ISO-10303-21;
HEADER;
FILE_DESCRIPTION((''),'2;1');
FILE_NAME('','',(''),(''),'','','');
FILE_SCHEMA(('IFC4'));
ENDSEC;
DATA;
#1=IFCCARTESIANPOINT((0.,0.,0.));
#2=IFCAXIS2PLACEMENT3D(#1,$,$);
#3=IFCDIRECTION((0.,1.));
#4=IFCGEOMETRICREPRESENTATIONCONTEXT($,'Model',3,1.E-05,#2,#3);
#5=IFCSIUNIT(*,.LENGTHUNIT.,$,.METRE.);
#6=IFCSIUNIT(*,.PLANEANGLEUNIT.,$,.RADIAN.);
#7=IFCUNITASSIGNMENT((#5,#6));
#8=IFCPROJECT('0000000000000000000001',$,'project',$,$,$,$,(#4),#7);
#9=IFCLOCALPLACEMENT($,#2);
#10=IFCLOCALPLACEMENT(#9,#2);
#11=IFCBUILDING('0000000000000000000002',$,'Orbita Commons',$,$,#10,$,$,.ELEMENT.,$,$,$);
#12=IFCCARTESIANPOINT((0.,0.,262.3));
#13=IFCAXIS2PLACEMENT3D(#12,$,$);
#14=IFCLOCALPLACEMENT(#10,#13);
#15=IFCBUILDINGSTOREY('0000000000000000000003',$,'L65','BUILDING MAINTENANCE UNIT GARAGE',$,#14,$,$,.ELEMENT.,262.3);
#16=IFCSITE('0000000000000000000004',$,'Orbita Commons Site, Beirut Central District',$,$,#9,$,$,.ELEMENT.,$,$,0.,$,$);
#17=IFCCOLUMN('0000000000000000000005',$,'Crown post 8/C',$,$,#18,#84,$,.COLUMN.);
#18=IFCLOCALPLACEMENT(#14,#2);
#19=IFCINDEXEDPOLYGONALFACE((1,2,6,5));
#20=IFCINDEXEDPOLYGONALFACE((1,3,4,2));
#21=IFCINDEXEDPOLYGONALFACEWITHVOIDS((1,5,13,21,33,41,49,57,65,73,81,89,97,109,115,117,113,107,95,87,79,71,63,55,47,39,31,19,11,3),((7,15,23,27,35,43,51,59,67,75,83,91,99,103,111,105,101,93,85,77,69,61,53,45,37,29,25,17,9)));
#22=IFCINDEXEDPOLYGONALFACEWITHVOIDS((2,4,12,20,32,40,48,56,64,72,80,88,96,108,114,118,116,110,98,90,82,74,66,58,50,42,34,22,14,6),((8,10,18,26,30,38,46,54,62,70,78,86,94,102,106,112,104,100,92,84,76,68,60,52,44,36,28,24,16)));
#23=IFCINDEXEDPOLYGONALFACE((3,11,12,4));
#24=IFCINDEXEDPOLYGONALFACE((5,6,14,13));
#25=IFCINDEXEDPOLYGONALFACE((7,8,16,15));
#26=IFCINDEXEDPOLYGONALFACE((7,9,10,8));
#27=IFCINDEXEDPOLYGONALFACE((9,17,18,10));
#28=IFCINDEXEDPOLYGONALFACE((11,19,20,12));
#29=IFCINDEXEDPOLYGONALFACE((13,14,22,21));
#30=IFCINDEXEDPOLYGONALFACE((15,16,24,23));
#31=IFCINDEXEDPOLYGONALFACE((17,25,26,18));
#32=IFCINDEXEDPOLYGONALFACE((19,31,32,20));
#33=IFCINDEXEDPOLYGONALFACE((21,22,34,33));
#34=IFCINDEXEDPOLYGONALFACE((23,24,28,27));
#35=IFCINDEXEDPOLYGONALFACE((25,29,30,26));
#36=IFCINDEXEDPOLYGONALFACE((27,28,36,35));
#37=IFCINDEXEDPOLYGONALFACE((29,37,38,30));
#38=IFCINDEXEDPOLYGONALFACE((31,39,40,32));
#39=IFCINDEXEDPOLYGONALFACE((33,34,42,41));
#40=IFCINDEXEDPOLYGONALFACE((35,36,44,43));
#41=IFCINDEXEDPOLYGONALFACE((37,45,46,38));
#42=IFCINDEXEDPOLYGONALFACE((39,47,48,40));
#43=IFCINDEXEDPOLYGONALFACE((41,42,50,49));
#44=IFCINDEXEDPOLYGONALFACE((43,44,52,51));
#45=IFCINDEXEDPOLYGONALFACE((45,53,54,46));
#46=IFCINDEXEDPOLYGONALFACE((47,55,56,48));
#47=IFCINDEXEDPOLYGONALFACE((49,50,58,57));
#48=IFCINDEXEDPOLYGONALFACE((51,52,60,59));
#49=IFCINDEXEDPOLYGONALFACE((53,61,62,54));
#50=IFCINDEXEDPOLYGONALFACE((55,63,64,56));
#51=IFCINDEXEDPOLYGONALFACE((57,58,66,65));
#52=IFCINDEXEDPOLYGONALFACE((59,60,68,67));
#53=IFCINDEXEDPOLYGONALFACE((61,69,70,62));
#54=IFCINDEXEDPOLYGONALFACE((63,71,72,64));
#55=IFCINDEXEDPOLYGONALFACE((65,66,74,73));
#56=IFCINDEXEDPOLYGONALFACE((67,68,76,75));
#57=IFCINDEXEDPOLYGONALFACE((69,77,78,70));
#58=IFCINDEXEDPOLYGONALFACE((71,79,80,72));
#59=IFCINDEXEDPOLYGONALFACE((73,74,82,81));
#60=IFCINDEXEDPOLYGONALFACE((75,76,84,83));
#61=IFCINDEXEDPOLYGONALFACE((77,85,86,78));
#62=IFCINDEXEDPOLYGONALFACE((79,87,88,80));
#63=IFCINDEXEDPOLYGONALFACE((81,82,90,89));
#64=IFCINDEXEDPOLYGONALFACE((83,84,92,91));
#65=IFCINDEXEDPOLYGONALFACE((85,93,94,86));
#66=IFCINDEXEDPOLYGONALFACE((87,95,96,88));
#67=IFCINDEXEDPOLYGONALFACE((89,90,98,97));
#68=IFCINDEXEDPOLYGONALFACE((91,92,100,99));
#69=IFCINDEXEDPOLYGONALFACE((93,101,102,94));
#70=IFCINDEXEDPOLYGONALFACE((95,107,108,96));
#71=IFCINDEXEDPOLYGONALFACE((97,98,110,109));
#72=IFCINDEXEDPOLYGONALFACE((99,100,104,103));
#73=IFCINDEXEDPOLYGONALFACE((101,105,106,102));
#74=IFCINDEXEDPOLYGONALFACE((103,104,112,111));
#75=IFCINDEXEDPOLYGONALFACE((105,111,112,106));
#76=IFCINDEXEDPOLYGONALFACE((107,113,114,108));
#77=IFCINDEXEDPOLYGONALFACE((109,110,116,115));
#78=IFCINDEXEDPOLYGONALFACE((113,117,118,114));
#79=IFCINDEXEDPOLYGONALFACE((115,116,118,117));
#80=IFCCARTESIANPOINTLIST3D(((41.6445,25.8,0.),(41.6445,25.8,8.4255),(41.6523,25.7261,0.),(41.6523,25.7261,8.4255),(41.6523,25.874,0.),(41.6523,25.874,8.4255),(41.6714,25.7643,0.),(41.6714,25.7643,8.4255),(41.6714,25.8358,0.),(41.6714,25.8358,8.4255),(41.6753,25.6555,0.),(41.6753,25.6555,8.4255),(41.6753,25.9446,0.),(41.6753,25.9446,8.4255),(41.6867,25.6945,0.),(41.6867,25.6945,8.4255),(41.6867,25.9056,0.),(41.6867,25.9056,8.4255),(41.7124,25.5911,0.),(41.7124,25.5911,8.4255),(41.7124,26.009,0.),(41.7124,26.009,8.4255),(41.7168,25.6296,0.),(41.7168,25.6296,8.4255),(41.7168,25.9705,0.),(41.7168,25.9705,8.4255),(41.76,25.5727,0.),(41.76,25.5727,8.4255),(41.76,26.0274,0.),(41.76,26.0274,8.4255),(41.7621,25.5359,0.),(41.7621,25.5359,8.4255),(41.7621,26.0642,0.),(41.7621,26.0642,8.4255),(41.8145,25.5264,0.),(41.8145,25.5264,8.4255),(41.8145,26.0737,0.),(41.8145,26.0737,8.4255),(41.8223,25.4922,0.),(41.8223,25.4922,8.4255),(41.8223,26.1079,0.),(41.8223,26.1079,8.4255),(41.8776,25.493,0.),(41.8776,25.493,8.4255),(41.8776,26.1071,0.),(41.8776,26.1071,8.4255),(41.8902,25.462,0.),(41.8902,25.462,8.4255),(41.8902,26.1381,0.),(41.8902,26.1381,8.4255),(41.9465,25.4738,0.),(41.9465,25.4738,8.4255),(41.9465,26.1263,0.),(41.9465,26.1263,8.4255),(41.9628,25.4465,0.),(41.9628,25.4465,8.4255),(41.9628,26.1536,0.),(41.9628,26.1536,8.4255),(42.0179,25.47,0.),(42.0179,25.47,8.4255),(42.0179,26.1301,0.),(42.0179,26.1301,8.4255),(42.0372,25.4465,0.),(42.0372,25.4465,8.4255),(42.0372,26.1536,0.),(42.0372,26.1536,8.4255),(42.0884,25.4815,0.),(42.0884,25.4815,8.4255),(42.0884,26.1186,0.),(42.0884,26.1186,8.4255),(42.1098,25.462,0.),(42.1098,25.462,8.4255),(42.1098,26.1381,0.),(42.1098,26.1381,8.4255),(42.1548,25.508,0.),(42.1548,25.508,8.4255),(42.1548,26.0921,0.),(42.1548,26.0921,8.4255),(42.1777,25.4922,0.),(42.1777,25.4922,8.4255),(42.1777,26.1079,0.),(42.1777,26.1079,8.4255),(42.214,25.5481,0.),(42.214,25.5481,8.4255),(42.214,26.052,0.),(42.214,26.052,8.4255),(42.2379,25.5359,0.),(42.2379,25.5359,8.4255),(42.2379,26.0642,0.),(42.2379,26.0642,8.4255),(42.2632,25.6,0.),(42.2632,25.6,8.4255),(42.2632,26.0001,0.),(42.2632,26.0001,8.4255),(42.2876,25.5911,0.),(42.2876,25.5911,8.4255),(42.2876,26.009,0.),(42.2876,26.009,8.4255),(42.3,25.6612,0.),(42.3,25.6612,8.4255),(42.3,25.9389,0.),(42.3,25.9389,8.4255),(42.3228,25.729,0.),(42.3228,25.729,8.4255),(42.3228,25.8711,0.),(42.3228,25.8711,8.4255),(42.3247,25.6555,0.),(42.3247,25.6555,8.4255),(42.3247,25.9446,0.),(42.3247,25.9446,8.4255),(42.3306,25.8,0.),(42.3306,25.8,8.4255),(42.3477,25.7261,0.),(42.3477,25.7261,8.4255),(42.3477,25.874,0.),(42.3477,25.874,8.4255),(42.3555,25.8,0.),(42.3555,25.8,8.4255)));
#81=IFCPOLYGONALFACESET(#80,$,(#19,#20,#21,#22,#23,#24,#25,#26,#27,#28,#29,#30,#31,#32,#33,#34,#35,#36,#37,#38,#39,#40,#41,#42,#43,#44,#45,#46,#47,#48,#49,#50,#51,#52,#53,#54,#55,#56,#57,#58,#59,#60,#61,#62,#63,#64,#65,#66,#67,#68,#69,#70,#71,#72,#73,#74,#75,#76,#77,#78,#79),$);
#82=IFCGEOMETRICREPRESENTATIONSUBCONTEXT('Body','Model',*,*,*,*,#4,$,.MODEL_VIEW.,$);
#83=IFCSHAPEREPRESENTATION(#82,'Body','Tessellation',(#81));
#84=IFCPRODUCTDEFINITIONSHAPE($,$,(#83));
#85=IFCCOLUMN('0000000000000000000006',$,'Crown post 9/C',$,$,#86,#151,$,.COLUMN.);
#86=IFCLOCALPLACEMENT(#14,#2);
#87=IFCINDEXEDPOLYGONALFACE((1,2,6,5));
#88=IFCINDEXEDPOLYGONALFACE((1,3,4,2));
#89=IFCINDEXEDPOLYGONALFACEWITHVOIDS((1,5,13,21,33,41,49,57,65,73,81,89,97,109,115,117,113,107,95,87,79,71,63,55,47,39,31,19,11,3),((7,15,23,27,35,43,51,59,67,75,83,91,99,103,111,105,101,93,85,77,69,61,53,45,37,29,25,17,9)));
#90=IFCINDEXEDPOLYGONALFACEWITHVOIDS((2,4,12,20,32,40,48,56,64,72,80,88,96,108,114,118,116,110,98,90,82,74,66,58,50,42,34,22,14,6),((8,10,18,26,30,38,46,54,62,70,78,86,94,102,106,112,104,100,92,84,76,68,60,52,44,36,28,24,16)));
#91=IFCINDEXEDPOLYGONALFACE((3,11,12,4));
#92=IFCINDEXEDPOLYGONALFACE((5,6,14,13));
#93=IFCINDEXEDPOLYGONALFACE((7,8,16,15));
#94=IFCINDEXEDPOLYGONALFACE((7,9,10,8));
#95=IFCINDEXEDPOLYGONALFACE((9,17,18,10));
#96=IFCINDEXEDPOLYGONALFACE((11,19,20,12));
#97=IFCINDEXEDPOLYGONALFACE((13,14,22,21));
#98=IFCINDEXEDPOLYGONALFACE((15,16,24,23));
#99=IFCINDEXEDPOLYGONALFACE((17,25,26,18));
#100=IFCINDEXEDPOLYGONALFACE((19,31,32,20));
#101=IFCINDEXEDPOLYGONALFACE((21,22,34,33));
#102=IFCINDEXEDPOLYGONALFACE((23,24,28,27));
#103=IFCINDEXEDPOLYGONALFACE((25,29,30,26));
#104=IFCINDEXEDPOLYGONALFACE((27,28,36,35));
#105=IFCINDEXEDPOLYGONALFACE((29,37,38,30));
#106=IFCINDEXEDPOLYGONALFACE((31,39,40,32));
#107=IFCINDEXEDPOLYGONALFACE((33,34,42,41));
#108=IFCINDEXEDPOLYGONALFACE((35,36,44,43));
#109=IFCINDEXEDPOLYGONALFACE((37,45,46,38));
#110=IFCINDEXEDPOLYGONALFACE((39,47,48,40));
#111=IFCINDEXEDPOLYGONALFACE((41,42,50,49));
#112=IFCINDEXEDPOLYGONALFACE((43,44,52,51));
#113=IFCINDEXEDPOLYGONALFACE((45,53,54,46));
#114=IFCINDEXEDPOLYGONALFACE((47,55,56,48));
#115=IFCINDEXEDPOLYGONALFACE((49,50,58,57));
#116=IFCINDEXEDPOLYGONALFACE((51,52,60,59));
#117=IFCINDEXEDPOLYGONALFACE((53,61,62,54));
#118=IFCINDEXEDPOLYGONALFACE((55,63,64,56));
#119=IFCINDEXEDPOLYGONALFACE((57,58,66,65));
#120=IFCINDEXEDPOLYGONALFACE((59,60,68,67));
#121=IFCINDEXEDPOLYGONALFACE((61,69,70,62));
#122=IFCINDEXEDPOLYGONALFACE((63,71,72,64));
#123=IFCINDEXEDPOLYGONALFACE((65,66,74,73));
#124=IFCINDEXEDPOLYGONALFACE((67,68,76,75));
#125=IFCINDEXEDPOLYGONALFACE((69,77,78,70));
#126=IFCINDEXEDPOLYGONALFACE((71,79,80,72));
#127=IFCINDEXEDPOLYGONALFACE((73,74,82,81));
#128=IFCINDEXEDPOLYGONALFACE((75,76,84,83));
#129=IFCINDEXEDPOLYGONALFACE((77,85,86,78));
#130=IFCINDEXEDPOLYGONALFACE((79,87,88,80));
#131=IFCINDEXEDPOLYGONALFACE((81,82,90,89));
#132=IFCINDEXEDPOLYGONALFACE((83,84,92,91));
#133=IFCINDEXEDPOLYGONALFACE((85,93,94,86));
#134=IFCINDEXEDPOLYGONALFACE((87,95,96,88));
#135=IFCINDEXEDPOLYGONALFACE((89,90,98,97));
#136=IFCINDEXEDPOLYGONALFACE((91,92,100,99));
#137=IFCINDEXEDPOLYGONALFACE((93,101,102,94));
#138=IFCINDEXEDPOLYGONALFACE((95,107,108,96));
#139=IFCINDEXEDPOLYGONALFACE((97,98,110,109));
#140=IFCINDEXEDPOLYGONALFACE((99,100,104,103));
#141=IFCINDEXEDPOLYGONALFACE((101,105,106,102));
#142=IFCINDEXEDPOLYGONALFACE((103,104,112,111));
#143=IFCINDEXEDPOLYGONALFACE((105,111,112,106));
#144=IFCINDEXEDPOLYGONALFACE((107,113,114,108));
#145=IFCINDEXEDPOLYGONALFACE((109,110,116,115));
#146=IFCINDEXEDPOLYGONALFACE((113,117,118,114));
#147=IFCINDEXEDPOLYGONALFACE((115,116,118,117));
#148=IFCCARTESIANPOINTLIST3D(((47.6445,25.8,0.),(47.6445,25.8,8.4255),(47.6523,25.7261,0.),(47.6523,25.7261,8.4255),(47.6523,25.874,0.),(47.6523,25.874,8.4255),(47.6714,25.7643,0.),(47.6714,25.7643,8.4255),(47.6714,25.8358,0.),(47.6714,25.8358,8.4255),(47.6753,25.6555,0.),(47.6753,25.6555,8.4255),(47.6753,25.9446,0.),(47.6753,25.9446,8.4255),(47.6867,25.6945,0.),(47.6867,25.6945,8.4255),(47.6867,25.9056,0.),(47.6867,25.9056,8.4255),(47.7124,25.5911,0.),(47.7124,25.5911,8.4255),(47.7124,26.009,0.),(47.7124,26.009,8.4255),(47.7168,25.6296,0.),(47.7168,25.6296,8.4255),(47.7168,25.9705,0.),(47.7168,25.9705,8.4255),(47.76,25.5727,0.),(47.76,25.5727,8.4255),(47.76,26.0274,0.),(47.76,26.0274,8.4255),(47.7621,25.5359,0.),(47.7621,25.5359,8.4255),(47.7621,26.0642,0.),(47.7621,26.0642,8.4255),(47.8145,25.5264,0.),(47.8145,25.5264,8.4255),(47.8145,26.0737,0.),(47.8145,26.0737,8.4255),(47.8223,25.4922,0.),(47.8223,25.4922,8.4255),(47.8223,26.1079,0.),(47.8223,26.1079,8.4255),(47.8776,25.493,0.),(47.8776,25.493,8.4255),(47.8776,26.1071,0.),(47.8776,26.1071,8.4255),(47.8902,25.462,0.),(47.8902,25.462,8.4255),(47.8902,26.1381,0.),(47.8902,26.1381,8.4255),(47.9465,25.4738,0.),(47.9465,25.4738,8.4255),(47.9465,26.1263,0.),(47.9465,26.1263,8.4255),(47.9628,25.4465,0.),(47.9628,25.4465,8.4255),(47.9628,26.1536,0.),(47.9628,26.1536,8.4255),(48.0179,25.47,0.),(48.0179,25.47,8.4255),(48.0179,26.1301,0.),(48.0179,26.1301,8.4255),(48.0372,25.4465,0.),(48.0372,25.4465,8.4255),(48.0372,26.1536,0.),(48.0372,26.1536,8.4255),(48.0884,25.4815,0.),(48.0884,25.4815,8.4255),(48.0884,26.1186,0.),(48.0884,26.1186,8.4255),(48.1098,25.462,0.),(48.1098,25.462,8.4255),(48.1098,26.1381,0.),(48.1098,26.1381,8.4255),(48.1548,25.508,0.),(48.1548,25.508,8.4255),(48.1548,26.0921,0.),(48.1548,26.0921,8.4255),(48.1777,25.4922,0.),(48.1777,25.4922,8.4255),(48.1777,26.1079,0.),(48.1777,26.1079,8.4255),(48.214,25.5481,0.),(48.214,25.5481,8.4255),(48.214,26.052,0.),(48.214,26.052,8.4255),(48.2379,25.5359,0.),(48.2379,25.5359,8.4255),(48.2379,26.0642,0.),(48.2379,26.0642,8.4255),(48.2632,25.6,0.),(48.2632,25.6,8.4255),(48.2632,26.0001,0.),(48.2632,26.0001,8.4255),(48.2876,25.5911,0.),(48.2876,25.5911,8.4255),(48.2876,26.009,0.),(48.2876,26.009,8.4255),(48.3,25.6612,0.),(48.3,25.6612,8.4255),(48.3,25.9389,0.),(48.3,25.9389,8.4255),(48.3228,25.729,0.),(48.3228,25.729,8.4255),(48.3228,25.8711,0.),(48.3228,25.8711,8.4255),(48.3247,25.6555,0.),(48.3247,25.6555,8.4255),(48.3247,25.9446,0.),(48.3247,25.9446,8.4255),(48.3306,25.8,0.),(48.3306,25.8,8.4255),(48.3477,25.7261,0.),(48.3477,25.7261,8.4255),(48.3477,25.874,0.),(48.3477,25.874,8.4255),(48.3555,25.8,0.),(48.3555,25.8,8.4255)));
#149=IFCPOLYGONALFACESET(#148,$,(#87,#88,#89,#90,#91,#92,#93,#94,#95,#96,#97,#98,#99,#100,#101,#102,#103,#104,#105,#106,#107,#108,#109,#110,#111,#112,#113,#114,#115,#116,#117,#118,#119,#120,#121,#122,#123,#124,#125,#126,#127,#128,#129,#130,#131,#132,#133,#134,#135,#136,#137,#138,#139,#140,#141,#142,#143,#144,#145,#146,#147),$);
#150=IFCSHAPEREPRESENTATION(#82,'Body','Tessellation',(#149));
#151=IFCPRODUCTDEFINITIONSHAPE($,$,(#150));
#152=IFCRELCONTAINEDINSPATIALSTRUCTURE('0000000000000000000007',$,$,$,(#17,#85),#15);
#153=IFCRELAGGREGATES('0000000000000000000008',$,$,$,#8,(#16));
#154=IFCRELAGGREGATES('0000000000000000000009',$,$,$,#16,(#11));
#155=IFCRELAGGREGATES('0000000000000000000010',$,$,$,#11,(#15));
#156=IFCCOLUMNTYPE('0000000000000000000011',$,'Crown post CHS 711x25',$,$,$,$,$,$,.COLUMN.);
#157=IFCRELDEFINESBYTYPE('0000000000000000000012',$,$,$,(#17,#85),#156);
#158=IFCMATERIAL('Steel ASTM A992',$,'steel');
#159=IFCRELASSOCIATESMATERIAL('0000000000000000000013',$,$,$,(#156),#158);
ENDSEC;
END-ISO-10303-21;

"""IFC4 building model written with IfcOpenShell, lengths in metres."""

from ifc_helpers import new_model, si_unit, direction, frame, origin, origin_2d, place, context, subcontext, project, spatial, hollow_circle, extrude, material, material_profile, profile_set, type_object, element, save


model = new_model("IFC4")

# Units and contexts
model_context = context("Model", 3, precision=1e-05, world=origin(), true_north=direction((0.0, 1.0)))
body_context = subcontext(model_context, "Body", "Model", "MODEL_VIEW")
ifc_project = project(units=[si_unit("LENGTHUNIT", "METRE"), si_unit("PLANEANGLEUNIT", "RADIAN")], contexts=[model_context])

# Site, building, storey
site_placement = place(None, origin())
site = spatial("IfcSite", under=ifc_project, at=site_placement, Name="Orbita Commons Site, Beirut Central District", CompositionType="ELEMENT", RefElevation=0.0)
building_placement = place(site_placement, origin())
building = spatial("IfcBuilding", under=site, at=building_placement, Name="Orbita Commons", CompositionType="ELEMENT")
storey_placement = place(building_placement, frame((0.0, 0.0, 262.3)))
storey = spatial("IfcBuildingStorey", under=building, at=storey_placement, Name="L65", Description="BUILDING MAINTENANCE UNIT GARAGE", CompositionType="ELEMENT", Elevation=262.3)

# Columns
ifc_material_1 = material(Name="Steel ASTM A992", Category="steel")
ifc_material_profile_1 = material_profile(ifc_material_1, hollow_circle(Radius=0.3555, WallThickness=0.0249, at=origin_2d()), Name="CHS 711x25")
ifc_profile_set_1 = profile_set([ifc_material_profile_1], Name="Steel ASTM A992")
column_type = type_object("IfcColumnType", Name="Crown post CHS 711x25", PredefinedType="COLUMN", material=ifc_profile_set_1)
for number, where, z_axis, x_axis, name in (
    (1, (42.0, 25.8, 0.0), (0.0, 0.0, 1.0), (1.0, 0.0, 0.0), "Crown post 8/C"),
    (2, (48.0, 25.8, 0.0), (0.0, 0.0, 1.0), (1.0, 0.0, 0.0), "Crown post 9/C"),
):
    element("IfcColumn", number, at=place(storey_placement, frame(where, z_axis=z_axis, x_axis=x_axis)), inside=storey, type_object=column_type, Name=name, PredefinedType="COLUMN", context=body_context, shape_type="SweptSolid", body=[
        extrude(hollow_circle(Radius=0.3555, WallThickness=0.0249, at=origin_2d()), origin(), (0.0, 0.0, 1.0), 8.4255),
    ])

save(model, "model.ifc")
